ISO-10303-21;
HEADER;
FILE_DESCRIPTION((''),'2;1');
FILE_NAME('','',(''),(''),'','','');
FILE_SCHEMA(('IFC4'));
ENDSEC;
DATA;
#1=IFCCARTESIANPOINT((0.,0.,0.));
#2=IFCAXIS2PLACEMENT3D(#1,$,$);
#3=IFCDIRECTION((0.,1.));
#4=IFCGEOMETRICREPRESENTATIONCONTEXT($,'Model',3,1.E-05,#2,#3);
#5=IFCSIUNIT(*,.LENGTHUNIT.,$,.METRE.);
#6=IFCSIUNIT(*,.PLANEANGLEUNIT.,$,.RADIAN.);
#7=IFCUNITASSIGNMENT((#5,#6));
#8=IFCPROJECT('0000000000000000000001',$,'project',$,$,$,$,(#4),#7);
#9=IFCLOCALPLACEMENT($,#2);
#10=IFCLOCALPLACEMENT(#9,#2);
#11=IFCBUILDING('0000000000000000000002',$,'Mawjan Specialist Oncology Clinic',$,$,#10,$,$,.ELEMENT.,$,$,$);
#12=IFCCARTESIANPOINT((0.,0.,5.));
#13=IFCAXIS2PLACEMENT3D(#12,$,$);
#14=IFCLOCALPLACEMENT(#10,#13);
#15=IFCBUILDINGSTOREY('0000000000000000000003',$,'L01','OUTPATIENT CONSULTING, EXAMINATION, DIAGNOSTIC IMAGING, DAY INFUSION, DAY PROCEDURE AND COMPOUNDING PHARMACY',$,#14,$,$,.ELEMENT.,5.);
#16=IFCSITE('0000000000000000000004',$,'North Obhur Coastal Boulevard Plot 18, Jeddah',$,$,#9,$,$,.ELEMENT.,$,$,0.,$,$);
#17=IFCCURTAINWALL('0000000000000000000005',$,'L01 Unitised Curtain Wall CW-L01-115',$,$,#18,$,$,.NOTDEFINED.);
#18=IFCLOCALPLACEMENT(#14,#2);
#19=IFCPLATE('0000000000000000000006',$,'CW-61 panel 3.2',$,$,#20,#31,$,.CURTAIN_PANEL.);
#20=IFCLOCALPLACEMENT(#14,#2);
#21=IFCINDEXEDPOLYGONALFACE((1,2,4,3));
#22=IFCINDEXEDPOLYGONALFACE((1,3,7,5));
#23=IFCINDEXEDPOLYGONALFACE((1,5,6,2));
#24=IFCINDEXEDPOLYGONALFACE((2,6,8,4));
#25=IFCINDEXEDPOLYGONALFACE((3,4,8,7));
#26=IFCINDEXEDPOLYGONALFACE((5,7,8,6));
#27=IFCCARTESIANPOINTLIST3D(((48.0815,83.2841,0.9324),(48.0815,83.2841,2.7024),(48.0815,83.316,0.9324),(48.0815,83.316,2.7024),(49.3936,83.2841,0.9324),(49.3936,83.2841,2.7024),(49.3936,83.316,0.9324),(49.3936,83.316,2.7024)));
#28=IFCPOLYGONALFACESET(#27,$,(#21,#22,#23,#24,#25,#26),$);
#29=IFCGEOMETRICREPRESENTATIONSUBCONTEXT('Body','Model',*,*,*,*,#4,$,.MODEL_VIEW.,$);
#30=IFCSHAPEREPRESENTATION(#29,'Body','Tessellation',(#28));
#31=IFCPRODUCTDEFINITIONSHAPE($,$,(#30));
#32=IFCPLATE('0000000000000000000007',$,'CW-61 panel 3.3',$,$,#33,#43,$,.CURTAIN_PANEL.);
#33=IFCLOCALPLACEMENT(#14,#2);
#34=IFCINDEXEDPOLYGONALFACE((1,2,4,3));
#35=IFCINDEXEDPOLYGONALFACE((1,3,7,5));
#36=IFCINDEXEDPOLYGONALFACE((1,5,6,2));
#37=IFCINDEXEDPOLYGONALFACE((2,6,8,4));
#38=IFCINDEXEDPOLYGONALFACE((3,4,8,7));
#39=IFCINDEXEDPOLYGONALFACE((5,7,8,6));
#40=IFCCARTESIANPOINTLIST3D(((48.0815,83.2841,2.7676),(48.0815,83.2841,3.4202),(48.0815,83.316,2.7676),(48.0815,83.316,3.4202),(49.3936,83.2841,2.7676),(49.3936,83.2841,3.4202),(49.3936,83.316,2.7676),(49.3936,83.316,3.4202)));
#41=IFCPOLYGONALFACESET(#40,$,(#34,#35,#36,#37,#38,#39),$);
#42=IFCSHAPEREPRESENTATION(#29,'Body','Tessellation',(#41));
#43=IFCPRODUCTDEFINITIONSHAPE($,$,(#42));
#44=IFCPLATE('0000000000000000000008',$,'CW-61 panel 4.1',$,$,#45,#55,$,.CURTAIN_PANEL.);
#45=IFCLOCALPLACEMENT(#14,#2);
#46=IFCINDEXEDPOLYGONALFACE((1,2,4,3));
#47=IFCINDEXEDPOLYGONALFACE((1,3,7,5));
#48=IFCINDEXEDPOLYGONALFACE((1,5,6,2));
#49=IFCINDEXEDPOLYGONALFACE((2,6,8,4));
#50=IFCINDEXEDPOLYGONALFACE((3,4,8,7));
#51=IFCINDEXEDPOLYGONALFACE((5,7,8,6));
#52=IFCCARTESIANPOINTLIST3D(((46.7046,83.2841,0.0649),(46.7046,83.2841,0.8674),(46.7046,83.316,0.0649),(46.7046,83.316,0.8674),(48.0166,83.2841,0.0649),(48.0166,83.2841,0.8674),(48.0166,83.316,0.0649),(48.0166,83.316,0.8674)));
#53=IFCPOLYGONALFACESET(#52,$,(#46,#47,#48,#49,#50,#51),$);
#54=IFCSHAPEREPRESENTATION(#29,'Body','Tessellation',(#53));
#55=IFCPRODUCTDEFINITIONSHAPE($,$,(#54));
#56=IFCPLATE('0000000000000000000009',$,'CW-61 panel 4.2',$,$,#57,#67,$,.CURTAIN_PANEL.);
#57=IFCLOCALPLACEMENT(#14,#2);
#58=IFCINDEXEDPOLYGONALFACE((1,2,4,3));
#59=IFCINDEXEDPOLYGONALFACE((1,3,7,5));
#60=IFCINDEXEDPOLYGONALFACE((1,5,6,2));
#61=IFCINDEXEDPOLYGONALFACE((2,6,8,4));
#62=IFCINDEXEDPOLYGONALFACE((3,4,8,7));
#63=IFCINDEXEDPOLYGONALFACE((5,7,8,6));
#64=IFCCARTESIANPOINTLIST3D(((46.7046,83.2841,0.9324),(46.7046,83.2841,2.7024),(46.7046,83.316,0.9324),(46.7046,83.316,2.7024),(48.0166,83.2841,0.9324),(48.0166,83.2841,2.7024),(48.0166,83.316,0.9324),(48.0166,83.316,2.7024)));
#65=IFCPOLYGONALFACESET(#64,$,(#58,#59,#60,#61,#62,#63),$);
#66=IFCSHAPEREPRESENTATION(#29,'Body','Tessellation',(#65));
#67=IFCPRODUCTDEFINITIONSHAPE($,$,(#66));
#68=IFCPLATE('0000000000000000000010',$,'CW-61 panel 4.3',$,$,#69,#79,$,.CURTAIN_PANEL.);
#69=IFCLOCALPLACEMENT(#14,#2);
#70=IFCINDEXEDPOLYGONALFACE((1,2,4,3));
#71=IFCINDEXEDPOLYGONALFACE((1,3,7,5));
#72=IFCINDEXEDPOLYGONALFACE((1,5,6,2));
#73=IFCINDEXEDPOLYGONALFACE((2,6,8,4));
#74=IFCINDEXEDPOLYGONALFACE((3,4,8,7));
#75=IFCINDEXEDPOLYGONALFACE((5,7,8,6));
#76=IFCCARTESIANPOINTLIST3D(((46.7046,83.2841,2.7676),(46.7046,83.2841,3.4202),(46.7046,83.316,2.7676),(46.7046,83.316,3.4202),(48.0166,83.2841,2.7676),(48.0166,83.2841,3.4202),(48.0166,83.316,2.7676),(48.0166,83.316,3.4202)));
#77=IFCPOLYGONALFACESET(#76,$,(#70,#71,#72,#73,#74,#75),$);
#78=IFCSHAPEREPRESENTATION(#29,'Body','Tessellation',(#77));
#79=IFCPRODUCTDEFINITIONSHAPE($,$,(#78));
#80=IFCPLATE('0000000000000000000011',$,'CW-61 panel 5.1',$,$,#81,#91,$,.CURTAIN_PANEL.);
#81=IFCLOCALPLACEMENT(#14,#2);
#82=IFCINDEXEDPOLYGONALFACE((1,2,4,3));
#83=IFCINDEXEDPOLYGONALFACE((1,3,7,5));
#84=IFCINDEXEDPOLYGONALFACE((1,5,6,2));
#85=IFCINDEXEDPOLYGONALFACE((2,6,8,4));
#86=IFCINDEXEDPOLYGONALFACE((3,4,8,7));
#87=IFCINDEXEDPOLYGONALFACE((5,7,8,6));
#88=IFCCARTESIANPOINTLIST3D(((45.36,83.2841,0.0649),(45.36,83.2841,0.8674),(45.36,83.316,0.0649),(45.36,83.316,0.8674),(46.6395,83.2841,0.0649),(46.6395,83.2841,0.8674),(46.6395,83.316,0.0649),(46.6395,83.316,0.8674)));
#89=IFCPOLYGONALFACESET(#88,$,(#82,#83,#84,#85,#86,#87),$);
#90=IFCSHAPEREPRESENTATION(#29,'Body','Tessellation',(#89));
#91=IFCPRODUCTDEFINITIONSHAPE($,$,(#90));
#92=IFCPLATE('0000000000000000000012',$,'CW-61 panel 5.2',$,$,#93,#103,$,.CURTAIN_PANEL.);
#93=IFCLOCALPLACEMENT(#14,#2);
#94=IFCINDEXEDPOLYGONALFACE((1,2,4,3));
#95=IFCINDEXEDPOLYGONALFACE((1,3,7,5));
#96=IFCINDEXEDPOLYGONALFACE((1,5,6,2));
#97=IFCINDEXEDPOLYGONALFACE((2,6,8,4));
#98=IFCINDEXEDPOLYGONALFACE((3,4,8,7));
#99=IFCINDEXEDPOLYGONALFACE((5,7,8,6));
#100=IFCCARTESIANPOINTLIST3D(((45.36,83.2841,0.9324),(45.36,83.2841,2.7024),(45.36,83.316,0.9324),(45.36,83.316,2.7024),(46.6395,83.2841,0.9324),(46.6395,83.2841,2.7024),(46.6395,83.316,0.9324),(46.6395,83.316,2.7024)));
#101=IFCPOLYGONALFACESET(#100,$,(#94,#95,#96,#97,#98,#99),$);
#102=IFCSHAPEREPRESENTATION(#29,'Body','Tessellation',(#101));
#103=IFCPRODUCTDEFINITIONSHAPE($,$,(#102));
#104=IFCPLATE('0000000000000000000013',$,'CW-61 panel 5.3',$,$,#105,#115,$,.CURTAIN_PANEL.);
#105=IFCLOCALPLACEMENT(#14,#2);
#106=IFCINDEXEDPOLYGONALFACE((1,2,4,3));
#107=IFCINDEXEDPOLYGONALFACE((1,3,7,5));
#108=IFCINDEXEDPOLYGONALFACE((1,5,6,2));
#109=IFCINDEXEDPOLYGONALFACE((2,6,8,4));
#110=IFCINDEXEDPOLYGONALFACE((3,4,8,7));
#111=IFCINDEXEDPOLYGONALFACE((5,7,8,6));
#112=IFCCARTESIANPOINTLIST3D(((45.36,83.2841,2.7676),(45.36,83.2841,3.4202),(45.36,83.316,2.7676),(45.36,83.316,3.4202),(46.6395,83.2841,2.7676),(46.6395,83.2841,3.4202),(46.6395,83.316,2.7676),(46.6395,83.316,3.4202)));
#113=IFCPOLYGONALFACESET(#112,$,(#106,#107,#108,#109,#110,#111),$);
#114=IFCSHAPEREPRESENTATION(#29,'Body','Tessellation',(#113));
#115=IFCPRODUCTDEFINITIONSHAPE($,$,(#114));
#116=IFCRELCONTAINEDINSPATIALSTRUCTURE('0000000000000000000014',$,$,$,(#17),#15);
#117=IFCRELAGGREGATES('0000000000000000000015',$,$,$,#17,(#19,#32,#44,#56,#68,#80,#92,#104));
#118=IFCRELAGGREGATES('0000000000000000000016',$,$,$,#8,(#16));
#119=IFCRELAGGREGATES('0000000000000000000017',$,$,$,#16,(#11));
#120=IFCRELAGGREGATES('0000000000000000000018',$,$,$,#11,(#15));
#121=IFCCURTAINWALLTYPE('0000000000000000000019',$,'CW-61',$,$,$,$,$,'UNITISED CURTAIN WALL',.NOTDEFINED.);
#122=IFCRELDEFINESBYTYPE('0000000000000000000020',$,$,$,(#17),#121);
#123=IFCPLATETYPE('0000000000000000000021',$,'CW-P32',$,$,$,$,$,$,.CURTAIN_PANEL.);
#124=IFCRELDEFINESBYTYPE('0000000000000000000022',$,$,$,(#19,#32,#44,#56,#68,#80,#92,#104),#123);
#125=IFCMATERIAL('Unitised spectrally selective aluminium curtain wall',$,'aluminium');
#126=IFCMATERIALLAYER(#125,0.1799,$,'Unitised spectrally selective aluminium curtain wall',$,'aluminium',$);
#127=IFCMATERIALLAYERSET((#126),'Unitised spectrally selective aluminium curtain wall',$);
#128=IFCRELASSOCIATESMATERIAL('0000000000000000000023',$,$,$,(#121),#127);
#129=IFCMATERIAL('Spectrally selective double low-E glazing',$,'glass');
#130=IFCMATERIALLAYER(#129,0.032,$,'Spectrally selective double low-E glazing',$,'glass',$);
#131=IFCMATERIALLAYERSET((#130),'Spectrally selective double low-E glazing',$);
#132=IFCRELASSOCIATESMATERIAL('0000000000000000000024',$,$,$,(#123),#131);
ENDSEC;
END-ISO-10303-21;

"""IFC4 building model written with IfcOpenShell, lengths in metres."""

from ifc_helpers import new_model, si_unit, direction, frame, origin, origin_2d, place, context, subcontext, project, spatial, rectangle, extrude, material, layer, layer_set, type_object, element, aggregate, save


model = new_model("IFC4")

# Units and contexts
model_context = context("Model", 3, precision=1e-05, world=origin(), true_north=direction((0.0, 1.0)))
body_context = subcontext(model_context, "Body", "Model", "MODEL_VIEW")
ifc_project = project(units=[si_unit("LENGTHUNIT", "METRE"), si_unit("PLANEANGLEUNIT", "RADIAN")], contexts=[model_context])

# Site, building, storey
site_placement = place(None, origin())
site = spatial("IfcSite", under=ifc_project, at=site_placement, Name="North Obhur Coastal Boulevard Plot 18, Jeddah", CompositionType="ELEMENT", RefElevation=0.0)
building_placement = place(site_placement, origin())
building = spatial("IfcBuilding", under=site, at=building_placement, Name="Mawjan Specialist Oncology Clinic", CompositionType="ELEMENT")
storey_placement = place(building_placement, frame((0.0, 0.0, 5.0)))
storey = spatial("IfcBuildingStorey", under=building, at=storey_placement, Name="L01", Description="OUTPATIENT CONSULTING, EXAMINATION, DIAGNOSTIC IMAGING, DAY INFUSION, DAY PROCEDURE AND COMPOUNDING PHARMACY", CompositionType="ELEMENT", Elevation=5.0)

# Curtain wall
ifc_material_1 = material(Name="Unitised spectrally selective aluminium curtain wall", Category="aluminium")
ifc_layer_1 = layer(ifc_material_1, 0.1799, Name="Unitised spectrally selective aluminium curtain wall", Category="aluminium")
ifc_layer_set_1 = layer_set([ifc_layer_1], Name="Unitised spectrally selective aluminium curtain wall")
curtain_wall_type = type_object("IfcCurtainWallType", Name="CW-61", ElementType="UNITISED CURTAIN WALL", PredefinedType="NOTDEFINED", material=ifc_layer_set_1)
curtain_wall_placement = place(storey_placement, origin())
curtain_wall = element("IfcCurtainWall", 1, at=curtain_wall_placement, inside=storey, type_object=curtain_wall_type, Name="L01 Unitised Curtain Wall CW-L01-115", PredefinedType="NOTDEFINED")

# Plates
ifc_material_2 = material(Name="Spectrally selective double low-E glazing", Category="glass")
ifc_layer_2 = layer(ifc_material_2, 0.032, Name="Spectrally selective double low-E glazing", Category="glass")
ifc_layer_set_2 = layer_set([ifc_layer_2], Name="Spectrally selective double low-E glazing")
plate_type = type_object("IfcPlateType", Name="CW-P32", PredefinedType="CURTAIN_PANEL", material=ifc_layer_set_2)
plate_1_placement = place(storey_placement, frame((48.7375, 83.3, 0.9324), z_axis=(0.0, 0.0, 1.0), x_axis=(-1.0, 0.0, 0.0)))
plate_1 = element("IfcPlate", 2, at=plate_1_placement, type_object=plate_type, Name="CW-61 panel 3.2", PredefinedType="CURTAIN_PANEL", context=body_context, shape_type="SweptSolid", body=[
    extrude(rectangle(XDim=1.312, YDim=0.032, at=origin_2d()), origin(), (0.0, 0.0, 1.0), 1.77),
])
plate_2_placement = place(storey_placement, frame((48.7375, 83.3, 2.7676), z_axis=(0.0, 0.0, 1.0), x_axis=(-1.0, 0.0, 0.0)))
plate_2 = element("IfcPlate", 3, at=plate_2_placement, type_object=plate_type, Name="CW-61 panel 3.3", PredefinedType="CURTAIN_PANEL", context=body_context, shape_type="SweptSolid", body=[
    extrude(rectangle(XDim=1.312, YDim=0.032, at=origin_2d()), origin(), (0.0, 0.0, 1.0), 0.6526),
])
plate_3_placement = place(storey_placement, frame((47.3606, 83.3, 0.0649), z_axis=(0.0, 0.0, 1.0), x_axis=(-1.0, 0.0, 0.0)))
plate_3 = element("IfcPlate", 4, at=plate_3_placement, type_object=plate_type, Name="CW-61 panel 4.1", PredefinedType="CURTAIN_PANEL", context=body_context, shape_type="SweptSolid", body=[
    extrude(rectangle(XDim=1.312, YDim=0.032, at=origin_2d()), origin(), (0.0, 0.0, 1.0), 0.8025),
])
plate_4_placement = place(storey_placement, frame((47.3606, 83.3, 0.9324), z_axis=(0.0, 0.0, 1.0), x_axis=(-1.0, 0.0, 0.0)))
plate_4 = element("IfcPlate", 5, at=plate_4_placement, type_object=plate_type, Name="CW-61 panel 4.2", PredefinedType="CURTAIN_PANEL", context=body_context, shape_type="SweptSolid", body=[
    extrude(rectangle(XDim=1.312, YDim=0.032, at=origin_2d()), origin(), (0.0, 0.0, 1.0), 1.77),
])
plate_5_placement = place(storey_placement, frame((47.3606, 83.3, 2.7676), z_axis=(0.0, 0.0, 1.0), x_axis=(-1.0, 0.0, 0.0)))
plate_5 = element("IfcPlate", 6, at=plate_5_placement, type_object=plate_type, Name="CW-61 panel 4.3", PredefinedType="CURTAIN_PANEL", context=body_context, shape_type="SweptSolid", body=[
    extrude(rectangle(XDim=1.312, YDim=0.032, at=origin_2d()), origin(), (0.0, 0.0, 1.0), 0.6526),
])
plate_6_placement = place(storey_placement, frame((45.9998, 83.3, 0.0649), z_axis=(0.0, 0.0, 1.0), x_axis=(-1.0, 0.0, 0.0)))
plate_6 = element("IfcPlate", 7, at=plate_6_placement, type_object=plate_type, Name="CW-61 panel 5.1", PredefinedType="CURTAIN_PANEL", context=body_context, shape_type="SweptSolid", body=[
    extrude(rectangle(XDim=1.2795, YDim=0.032, at=origin_2d()), origin(), (0.0, 0.0, 1.0), 0.8025),
])
plate_7_placement = place(storey_placement, frame((45.9998, 83.3, 0.9324), z_axis=(0.0, 0.0, 1.0), x_axis=(-1.0, 0.0, 0.0)))
plate_7 = element("IfcPlate", 8, at=plate_7_placement, type_object=plate_type, Name="CW-61 panel 5.2", PredefinedType="CURTAIN_PANEL", context=body_context, shape_type="SweptSolid", body=[
    extrude(rectangle(XDim=1.2795, YDim=0.032, at=origin_2d()), origin(), (0.0, 0.0, 1.0), 1.77),
])
plate_8_placement = place(storey_placement, frame((45.9998, 83.3, 2.7676), z_axis=(0.0, 0.0, 1.0), x_axis=(-1.0, 0.0, 0.0)))
plate_8 = element("IfcPlate", 9, at=plate_8_placement, type_object=plate_type, Name="CW-61 panel 5.3", PredefinedType="CURTAIN_PANEL", context=body_context, shape_type="SweptSolid", body=[
    extrude(rectangle(XDim=1.2795, YDim=0.032, at=origin_2d()), origin(), (0.0, 0.0, 1.0), 0.6526),
])
aggregate(curtain_wall, [plate_1, plate_2, plate_3, plate_4, plate_5, plate_6, plate_7, plate_8])

save(model, "model.ifc")
